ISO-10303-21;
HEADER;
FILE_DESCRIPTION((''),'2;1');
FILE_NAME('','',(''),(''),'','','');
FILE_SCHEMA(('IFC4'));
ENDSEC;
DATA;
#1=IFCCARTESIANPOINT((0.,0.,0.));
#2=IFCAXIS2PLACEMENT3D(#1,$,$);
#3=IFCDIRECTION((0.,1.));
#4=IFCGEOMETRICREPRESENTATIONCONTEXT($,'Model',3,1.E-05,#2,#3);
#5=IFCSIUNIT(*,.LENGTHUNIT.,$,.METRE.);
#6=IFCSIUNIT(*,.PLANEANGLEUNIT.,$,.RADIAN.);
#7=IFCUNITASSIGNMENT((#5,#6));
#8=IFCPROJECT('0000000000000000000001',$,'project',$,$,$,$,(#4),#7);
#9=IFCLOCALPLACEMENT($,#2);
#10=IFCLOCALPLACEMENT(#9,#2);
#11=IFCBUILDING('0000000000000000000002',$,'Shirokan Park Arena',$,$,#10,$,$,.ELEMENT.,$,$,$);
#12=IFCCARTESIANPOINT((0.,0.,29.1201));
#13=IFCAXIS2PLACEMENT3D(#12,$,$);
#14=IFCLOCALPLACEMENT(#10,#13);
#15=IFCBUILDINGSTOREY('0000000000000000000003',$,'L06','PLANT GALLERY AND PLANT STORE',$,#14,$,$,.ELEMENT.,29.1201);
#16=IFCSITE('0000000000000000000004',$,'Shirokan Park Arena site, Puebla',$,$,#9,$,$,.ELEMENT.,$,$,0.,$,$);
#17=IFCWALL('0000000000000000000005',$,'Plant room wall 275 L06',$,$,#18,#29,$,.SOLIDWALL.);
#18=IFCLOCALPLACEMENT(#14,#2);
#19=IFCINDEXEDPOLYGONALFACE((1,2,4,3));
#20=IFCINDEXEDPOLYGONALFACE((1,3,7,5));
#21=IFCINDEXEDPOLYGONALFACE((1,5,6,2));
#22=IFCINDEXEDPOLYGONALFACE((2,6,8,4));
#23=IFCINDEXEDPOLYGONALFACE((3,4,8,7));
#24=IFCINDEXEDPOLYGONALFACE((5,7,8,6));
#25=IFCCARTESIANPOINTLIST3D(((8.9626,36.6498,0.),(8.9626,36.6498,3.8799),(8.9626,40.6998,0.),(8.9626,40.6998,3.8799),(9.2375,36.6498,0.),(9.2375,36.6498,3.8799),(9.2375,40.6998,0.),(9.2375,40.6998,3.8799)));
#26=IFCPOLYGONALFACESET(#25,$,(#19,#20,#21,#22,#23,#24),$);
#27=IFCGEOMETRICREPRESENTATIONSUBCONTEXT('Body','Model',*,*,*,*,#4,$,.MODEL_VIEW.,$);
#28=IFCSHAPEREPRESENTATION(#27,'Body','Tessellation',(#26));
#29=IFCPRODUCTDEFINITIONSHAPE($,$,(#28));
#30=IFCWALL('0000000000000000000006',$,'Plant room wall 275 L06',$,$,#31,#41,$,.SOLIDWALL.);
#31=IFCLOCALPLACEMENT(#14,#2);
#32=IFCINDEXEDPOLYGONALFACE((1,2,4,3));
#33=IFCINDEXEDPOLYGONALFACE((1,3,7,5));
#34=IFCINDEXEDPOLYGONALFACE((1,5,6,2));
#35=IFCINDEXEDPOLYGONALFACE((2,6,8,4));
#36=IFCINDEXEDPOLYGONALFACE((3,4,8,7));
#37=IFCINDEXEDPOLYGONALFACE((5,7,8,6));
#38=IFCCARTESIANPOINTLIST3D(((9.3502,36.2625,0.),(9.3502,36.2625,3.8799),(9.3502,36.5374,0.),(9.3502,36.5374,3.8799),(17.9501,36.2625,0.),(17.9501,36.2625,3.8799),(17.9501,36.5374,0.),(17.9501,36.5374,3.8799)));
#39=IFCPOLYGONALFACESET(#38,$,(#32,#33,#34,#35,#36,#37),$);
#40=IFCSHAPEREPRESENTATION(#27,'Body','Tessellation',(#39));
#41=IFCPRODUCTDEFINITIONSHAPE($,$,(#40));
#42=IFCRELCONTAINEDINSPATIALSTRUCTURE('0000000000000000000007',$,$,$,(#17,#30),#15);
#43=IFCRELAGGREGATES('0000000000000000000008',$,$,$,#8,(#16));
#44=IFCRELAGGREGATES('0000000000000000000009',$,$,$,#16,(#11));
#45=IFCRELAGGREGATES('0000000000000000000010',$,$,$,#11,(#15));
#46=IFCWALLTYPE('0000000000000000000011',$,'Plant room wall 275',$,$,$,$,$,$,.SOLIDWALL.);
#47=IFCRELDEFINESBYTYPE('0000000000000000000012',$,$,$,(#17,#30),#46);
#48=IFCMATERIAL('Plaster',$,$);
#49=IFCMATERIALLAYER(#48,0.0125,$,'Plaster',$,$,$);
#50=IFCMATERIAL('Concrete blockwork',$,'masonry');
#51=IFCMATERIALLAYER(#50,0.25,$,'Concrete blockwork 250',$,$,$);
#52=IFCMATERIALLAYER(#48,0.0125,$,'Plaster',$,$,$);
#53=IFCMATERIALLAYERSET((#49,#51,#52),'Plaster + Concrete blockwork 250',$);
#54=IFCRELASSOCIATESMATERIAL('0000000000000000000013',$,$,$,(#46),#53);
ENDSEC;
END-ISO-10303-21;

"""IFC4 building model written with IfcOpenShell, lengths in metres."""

from ifc_helpers import new_model, si_unit, direction, frame, frame_2d, origin, place, context, subcontext, project, spatial, rectangle, extrude, material, layer, layer_set, type_object, element, save


model = new_model("IFC4")

# Units and contexts
model_context = context("Model", 3, precision=1e-05, world=origin(), true_north=direction((0.0, 1.0)))
body_context = subcontext(model_context, "Body", "Model", "MODEL_VIEW")
ifc_project = project(units=[si_unit("LENGTHUNIT", "METRE"), si_unit("PLANEANGLEUNIT", "RADIAN")], contexts=[model_context])

# Site, building, storey
site_placement = place(None, origin())
site = spatial("IfcSite", under=ifc_project, at=site_placement, Name="Shirokan Park Arena site, Puebla", CompositionType="ELEMENT", RefElevation=0.0)
building_placement = place(site_placement, origin())
building = spatial("IfcBuilding", under=site, at=building_placement, Name="Shirokan Park Arena", CompositionType="ELEMENT")
storey_placement = place(building_placement, frame((0.0, 0.0, 29.1201)))
storey = spatial("IfcBuildingStorey", under=building, at=storey_placement, Name="L06", Description="PLANT GALLERY AND PLANT STORE", CompositionType="ELEMENT", Elevation=29.1201)

# Walls
ifc_material_1 = material(Name="Plaster")
ifc_layer_1 = layer(ifc_material_1, 0.0125, Name="Plaster")
ifc_material_2 = material(Name="Concrete blockwork", Category="masonry")
ifc_layer_2 = layer(ifc_material_2, 0.25, Name="Concrete blockwork 250")
ifc_layer_3 = layer(ifc_material_1, 0.0125, Name="Plaster")
ifc_layer_set_1 = layer_set([ifc_layer_1, ifc_layer_2, ifc_layer_3], Name="Plaster + Concrete blockwork 250")
wall_type_1 = type_object("IfcWallType", Name="Plant room wall 275", PredefinedType="SOLIDWALL", material=ifc_layer_set_1)
wall_1_placement = place(storey_placement, frame((9.1001, 36.6499, 0.0), z_axis=(0.0, 0.0, 1.0), x_axis=(0.0, 1.0, 0.0)))
element("IfcWall", 1, at=wall_1_placement, inside=storey, type_object=wall_type_1, Name="Plant room wall 275 L06", PredefinedType="SOLIDWALL", context=body_context, shape_type="SweptSolid", body=[
    extrude(rectangle(XDim=4.05, YDim=0.2749, at=frame_2d((2.0249, 0.0))), origin(), (0.0, 0.0, 1.0), 3.8799),
])
wall_2_placement = place(storey_placement, frame((17.95, 36.3999, 0.0), z_axis=(0.0, 0.0, 1.0), x_axis=(-1.0, 0.0, 0.0)))
element("IfcWall", 2, at=wall_2_placement, inside=storey, type_object=wall_type_1, Name="Plant room wall 275 L06", PredefinedType="SOLIDWALL", context=body_context, shape_type="SweptSolid", body=[
    extrude(rectangle(XDim=8.5999, YDim=0.2749, at=frame_2d((4.2998, 0.0))), origin(), (0.0, 0.0, 1.0), 3.8799),
])

save(model, "model.ifc")
